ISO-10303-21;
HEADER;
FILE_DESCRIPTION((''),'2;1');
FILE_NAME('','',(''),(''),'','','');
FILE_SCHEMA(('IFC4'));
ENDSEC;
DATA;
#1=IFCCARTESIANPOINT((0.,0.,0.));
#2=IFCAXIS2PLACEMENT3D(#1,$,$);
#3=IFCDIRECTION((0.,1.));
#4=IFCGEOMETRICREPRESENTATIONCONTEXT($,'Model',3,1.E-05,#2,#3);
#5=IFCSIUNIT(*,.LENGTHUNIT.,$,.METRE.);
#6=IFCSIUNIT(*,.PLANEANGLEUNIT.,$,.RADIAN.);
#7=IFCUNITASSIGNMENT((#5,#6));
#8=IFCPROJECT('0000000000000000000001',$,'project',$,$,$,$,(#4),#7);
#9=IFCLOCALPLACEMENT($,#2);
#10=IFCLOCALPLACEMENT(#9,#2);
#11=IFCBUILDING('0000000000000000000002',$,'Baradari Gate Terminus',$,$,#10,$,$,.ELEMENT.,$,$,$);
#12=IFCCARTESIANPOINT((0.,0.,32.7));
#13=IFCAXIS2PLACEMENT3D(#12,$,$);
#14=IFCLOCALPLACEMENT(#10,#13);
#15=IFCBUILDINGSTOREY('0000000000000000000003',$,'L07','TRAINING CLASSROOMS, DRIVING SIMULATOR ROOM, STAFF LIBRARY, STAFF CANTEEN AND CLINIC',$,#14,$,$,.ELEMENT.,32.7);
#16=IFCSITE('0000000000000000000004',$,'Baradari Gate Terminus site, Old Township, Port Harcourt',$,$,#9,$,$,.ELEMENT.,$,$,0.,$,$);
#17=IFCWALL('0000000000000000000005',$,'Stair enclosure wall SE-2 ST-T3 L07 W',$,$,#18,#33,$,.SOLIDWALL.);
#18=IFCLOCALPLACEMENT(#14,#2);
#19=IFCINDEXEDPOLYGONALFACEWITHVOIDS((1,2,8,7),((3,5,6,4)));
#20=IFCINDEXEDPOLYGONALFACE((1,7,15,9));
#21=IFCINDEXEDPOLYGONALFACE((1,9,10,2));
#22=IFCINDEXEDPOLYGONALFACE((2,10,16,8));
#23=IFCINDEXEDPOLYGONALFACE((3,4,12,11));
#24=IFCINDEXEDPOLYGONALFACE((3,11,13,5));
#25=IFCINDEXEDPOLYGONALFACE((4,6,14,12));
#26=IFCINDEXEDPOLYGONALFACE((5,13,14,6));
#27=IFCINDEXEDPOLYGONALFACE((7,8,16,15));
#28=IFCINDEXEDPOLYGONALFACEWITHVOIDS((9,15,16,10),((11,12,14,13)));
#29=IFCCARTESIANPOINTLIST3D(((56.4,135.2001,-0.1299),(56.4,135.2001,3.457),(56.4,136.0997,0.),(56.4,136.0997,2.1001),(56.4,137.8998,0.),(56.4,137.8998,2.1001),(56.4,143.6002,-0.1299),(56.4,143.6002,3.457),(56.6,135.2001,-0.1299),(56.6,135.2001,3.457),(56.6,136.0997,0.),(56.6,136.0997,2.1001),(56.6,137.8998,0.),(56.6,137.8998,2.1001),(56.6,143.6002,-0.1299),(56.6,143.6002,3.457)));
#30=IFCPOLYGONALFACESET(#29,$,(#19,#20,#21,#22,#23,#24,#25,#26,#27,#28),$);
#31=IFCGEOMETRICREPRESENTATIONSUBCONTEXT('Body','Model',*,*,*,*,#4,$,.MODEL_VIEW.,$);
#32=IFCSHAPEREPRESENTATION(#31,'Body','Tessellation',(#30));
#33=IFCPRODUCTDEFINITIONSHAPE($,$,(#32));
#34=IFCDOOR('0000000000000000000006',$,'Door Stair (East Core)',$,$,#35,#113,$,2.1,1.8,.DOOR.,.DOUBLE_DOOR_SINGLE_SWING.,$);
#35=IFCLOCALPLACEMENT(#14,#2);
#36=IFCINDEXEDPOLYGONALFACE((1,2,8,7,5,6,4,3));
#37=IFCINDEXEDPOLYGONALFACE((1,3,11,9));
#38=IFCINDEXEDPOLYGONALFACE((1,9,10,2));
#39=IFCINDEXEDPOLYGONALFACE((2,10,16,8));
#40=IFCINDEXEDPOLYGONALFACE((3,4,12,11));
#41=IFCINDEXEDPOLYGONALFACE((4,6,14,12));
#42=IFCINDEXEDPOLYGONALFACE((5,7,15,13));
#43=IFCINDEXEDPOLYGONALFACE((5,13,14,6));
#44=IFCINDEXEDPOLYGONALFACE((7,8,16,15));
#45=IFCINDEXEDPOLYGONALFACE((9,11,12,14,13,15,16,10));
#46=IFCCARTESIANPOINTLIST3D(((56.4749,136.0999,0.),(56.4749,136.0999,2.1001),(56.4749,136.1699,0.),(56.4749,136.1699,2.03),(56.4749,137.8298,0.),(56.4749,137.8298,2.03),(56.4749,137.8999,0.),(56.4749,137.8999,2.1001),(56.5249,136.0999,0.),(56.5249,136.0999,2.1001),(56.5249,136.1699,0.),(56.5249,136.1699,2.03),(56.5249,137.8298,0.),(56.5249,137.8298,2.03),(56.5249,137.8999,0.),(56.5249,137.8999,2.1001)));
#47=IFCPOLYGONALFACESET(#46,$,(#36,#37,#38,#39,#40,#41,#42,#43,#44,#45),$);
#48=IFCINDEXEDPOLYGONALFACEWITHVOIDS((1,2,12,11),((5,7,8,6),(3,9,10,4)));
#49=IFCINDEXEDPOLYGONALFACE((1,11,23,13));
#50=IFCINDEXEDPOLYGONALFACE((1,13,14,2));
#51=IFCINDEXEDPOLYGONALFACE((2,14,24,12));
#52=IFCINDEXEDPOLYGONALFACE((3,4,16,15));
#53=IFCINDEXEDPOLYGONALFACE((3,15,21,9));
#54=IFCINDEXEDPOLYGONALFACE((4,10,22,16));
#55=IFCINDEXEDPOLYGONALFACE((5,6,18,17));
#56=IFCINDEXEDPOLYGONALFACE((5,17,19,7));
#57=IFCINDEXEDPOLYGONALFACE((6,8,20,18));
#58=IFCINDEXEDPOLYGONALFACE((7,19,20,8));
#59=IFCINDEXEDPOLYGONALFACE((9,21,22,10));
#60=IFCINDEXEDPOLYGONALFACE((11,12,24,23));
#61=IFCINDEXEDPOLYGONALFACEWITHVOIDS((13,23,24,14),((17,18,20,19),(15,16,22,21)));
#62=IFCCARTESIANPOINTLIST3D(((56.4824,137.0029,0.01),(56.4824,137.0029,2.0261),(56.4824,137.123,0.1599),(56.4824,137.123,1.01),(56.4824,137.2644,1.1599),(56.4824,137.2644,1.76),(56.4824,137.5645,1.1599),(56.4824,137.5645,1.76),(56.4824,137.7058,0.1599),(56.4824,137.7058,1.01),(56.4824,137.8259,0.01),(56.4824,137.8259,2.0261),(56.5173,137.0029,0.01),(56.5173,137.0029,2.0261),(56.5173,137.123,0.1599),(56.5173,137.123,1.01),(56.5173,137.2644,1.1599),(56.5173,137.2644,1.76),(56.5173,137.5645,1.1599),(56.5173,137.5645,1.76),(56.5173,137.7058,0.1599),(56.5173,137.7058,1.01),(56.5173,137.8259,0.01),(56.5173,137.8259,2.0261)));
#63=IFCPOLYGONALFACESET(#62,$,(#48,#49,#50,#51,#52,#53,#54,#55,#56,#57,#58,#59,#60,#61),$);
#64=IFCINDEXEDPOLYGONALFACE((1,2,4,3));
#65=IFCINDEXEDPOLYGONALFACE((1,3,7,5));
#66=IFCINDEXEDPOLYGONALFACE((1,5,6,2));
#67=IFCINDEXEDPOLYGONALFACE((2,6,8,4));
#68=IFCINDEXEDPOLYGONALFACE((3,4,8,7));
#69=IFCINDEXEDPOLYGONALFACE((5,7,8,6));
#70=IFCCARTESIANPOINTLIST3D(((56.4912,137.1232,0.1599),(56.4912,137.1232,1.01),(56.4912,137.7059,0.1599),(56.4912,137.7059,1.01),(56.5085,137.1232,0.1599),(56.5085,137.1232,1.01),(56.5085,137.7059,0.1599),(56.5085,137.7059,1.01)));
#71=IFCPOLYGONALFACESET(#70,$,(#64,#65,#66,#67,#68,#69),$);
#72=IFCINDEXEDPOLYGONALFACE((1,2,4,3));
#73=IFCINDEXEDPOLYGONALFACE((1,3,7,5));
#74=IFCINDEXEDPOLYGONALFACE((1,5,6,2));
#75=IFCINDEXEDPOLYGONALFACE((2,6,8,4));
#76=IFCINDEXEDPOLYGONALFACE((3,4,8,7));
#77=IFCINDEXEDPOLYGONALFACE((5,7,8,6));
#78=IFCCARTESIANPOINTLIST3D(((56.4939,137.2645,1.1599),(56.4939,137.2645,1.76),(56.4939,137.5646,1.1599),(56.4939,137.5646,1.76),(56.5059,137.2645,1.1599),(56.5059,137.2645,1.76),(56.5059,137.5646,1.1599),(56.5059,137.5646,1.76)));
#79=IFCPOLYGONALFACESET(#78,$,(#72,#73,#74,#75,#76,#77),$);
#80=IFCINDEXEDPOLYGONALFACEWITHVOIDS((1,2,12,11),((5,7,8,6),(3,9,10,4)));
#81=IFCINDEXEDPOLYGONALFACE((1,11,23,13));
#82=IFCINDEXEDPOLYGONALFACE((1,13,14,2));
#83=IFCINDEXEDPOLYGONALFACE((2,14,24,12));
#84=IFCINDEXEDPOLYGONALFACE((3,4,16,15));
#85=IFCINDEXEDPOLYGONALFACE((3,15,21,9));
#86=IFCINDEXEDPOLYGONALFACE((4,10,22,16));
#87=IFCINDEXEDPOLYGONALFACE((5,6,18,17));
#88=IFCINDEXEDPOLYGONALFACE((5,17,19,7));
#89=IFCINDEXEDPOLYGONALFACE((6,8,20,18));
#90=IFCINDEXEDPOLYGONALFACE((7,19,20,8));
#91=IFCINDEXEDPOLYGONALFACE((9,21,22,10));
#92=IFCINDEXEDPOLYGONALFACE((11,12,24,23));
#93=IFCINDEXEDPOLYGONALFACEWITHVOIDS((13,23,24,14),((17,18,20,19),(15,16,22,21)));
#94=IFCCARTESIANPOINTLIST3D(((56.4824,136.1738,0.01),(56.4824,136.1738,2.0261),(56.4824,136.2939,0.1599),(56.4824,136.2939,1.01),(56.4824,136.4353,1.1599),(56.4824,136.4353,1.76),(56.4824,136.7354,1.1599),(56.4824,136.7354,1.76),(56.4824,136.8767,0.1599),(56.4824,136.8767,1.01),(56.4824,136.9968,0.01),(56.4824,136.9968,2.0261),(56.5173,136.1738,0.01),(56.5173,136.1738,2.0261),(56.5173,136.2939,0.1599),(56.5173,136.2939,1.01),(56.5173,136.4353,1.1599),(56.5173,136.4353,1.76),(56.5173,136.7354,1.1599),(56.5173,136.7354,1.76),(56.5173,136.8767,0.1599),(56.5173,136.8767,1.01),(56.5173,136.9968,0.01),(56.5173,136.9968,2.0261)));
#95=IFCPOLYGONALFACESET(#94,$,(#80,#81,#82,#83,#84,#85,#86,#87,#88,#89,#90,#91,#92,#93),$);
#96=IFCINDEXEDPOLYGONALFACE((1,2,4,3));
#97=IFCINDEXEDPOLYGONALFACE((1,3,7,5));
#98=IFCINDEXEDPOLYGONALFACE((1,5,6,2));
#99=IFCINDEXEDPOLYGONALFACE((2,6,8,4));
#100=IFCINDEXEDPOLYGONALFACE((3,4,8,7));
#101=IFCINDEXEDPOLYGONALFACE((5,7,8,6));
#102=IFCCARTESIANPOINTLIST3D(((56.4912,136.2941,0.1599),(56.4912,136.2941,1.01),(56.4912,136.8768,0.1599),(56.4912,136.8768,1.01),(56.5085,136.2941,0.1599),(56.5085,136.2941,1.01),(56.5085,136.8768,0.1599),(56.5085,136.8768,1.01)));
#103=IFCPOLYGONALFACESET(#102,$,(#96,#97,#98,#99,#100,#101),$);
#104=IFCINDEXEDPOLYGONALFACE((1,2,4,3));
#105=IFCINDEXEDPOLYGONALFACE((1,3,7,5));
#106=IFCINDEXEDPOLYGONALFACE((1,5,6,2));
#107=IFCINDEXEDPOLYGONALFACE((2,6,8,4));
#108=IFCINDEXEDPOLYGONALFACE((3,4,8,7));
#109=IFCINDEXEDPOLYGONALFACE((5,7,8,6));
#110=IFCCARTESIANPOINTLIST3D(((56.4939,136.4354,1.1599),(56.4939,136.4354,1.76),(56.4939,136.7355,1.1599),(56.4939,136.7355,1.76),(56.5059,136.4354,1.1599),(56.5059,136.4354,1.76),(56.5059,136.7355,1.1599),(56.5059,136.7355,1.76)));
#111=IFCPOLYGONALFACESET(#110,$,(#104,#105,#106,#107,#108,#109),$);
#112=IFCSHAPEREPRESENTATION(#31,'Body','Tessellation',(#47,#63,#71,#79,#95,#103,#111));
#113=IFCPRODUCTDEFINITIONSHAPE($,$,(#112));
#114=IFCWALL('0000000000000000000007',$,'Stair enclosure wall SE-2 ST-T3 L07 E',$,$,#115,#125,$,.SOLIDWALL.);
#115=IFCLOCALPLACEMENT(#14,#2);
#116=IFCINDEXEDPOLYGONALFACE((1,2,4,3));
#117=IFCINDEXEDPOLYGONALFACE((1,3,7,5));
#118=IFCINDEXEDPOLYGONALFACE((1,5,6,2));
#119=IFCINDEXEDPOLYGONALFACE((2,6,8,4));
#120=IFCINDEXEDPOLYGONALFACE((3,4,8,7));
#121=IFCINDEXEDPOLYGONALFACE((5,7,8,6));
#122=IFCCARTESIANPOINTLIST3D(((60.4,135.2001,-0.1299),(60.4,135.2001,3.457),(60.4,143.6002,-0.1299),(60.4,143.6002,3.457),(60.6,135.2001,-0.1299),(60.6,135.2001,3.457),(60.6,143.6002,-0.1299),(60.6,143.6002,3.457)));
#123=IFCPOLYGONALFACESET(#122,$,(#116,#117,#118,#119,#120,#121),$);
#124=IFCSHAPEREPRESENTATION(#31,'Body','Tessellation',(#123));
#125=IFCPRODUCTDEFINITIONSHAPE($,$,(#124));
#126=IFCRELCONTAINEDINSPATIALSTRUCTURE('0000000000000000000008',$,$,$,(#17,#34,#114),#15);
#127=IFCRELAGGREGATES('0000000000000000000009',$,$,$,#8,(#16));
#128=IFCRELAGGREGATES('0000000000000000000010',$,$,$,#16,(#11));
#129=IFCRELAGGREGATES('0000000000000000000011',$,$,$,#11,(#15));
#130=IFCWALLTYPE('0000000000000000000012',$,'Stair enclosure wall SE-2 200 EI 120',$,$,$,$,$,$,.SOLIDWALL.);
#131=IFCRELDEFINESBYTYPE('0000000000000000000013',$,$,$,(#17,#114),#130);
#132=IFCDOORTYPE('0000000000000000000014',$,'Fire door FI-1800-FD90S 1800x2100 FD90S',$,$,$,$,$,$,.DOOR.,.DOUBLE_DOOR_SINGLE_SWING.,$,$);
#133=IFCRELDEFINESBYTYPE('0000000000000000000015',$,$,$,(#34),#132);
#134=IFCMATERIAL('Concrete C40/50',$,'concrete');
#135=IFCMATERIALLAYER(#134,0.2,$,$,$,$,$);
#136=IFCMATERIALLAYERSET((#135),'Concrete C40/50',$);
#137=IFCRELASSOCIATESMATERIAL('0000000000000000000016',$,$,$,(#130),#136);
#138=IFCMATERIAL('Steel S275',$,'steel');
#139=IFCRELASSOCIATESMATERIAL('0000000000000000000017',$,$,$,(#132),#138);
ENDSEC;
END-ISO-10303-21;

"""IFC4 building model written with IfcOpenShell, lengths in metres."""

from ifc_helpers import new_model, si_unit, direction, frame, frame_2d, origin, place, context, subcontext, project, spatial, polyline, rectangle, outline, extrude, material, layer, layer_set, type_object, element, fill, save


model = new_model("IFC4")

# Units and contexts
model_context = context("Model", 3, precision=1e-05, world=origin(), true_north=direction((0.0, 1.0)))
body_context = subcontext(model_context, "Body", "Model", "MODEL_VIEW")
ifc_project = project(units=[si_unit("LENGTHUNIT", "METRE"), si_unit("PLANEANGLEUNIT", "RADIAN")], contexts=[model_context])

# Site, building, storey
site_placement = place(None, origin())
site = spatial("IfcSite", under=ifc_project, at=site_placement, Name="Baradari Gate Terminus site, Old Township, Port Harcourt", CompositionType="ELEMENT", RefElevation=0.0)
building_placement = place(site_placement, origin())
building = spatial("IfcBuilding", under=site, at=building_placement, Name="Baradari Gate Terminus", CompositionType="ELEMENT")
storey_placement = place(building_placement, frame((0.0, 0.0, 32.7)))
storey = spatial("IfcBuildingStorey", under=building, at=storey_placement, Name="L07", Description="TRAINING CLASSROOMS, DRIVING SIMULATOR ROOM, STAFF LIBRARY, STAFF CANTEEN AND CLINIC", CompositionType="ELEMENT", Elevation=32.7)

# Wall, opening, door
ifc_material_1 = material(Name="Concrete C40/50", Category="concrete")
ifc_layer_1 = layer(ifc_material_1, 0.2)
ifc_layer_set_1 = layer_set([ifc_layer_1], Name="Concrete C40/50")
wall_type_1 = type_object("IfcWallType", Name="Stair enclosure wall SE-2 200 EI 120", PredefinedType="SOLIDWALL", material=ifc_layer_set_1)
ifc_material_2 = material(Name="Steel S275", Category="steel")
door_type_1 = type_object("IfcDoorType", Name="Fire door FI-1800-FD90S 1800x2100 FD90S", OperationType="DOUBLE_DOOR_SINGLE_SWING", PredefinedType="DOOR", material=ifc_material_2)
wall_1_placement = place(storey_placement, frame((56.5, 135.2, -0.1299), z_axis=(0.0, 0.0, 1.0), x_axis=(0.0, 1.0, 0.0)))
wall_1 = element("IfcWall", 1, at=wall_1_placement, inside=storey, type_object=wall_type_1, Name="Stair enclosure wall SE-2 ST-T3 L07 W", PredefinedType="SOLIDWALL", context=body_context, shape_type="SweptSolid", body=[
    extrude(rectangle(XDim=8.4001, YDim=0.2, at=frame_2d((4.2002, 0.0))), origin(), (0.0, 0.0, 1.0), 3.5869),
])
opening_1_placement = place(wall_1_placement, frame((0.8999, 0.0, 0.1299)))
opening_1 = element("IfcOpeningElement", 2, at=opening_1_placement, cuts=wall_1, PredefinedType="OPENING", context=body_context, shape_type="SweptSolid", body=[
    extrude(rectangle(XDim=1.8, YDim=2.1001, at=frame_2d((0.8999, 1.05))), frame((0.0, 0.1099, 0.0), z_axis=(0.0, -1.0, 0.0), x_axis=(1.0, 0.0, 0.0)), (0.0, 0.0, 1.0), 0.22),
])
door_1_placement = place(opening_1_placement, frame((1.8, 0.0, 0.0), z_axis=(0.0, 0.0, 1.0), x_axis=(-1.0, 0.0, 0.0)))
door_1 = element("IfcDoor", 3, at=door_1_placement, inside=storey, type_object=door_type_1, Name="Door Stair (East Core)", OperationType="DOUBLE_DOOR_SINGLE_SWING", OverallHeight=2.1, OverallWidth=1.8, PredefinedType="DOOR", context=body_context, shape_type="SweptSolid", body=[
    extrude(outline(polyline([(0.0, 0.0), (0.0701, 0.0), (0.0701, 2.03), (1.73, 2.03), (1.73, 0.0), (1.8, 0.0), (1.8, 2.1001), (0.0, 2.1001), (0.0, 0.0)])), frame((0.0, 0.0249, 0.0), z_axis=(0.0, -1.0, 0.0), x_axis=(1.0, 0.0, 0.0)), (0.0, 0.0, 1.0), 0.05),
    extrude(outline(polyline([(0.074, 0.01), (0.897, 0.01), (0.897, 2.0261), (0.074, 2.0261), (0.074, 0.01)]), holes=[polyline([(0.1941, 0.1599), (0.7769, 0.1599), (0.7769, 1.01), (0.1941, 1.01), (0.1941, 0.1599)]), polyline([(0.3354, 1.1599), (0.6355, 1.1599), (0.6355, 1.76), (0.3354, 1.76), (0.3354, 1.1599)])]), frame((0.0, 0.0173, 0.0), z_axis=(0.0, -1.0, 0.0), x_axis=(1.0, 0.0, 0.0)), (0.0, 0.0, 1.0), 0.0349),
    extrude(rectangle(XDim=0.5828, YDim=0.8501, at=frame_2d((0.4854, 0.585))), frame((0.0, 0.0085, 0.0), z_axis=(0.0, -1.0, 0.0), x_axis=(1.0, 0.0, 0.0)), (0.0, 0.0, 1.0), 0.0173),
    extrude(rectangle(XDim=0.3, YDim=0.6001, at=frame_2d((0.4854, 1.46))), frame((0.0, 0.0059, 0.0), z_axis=(0.0, -1.0, 0.0), x_axis=(1.0, 0.0, 0.0)), (0.0, 0.0, 1.0), 0.012),
    extrude(outline(polyline([(0.9031, 0.01), (1.7261, 0.01), (1.7261, 2.0261), (0.9031, 2.0261), (0.9031, 0.01)]), holes=[polyline([(1.0232, 0.1599), (1.606, 0.1599), (1.606, 1.01), (1.0232, 1.01), (1.0232, 0.1599)]), polyline([(1.1646, 1.1599), (1.4646, 1.1599), (1.4646, 1.76), (1.1646, 1.76), (1.1646, 1.1599)])]), frame((0.0, 0.0173, 0.0), z_axis=(0.0, -1.0, 0.0), x_axis=(1.0, 0.0, 0.0)), (0.0, 0.0, 1.0), 0.0349),
    extrude(rectangle(XDim=0.5828, YDim=0.8501, at=frame_2d((1.3145, 0.585))), frame((0.0, 0.0085, 0.0), z_axis=(0.0, -1.0, 0.0), x_axis=(1.0, 0.0, 0.0)), (0.0, 0.0, 1.0), 0.0173),
    extrude(rectangle(XDim=0.3, YDim=0.6001, at=frame_2d((1.3145, 1.46))), frame((0.0, 0.0059, 0.0), z_axis=(0.0, -1.0, 0.0), x_axis=(1.0, 0.0, 0.0)), (0.0, 0.0, 1.0), 0.012),
])
fill(opening_1, door_1)

# Wall
wall_2_placement = place(storey_placement, frame((60.5, 135.2, -0.1299), z_axis=(0.0, 0.0, 1.0), x_axis=(0.0, 1.0, 0.0)))
element("IfcWall", 4, at=wall_2_placement, inside=storey, type_object=wall_type_1, Name="Stair enclosure wall SE-2 ST-T3 L07 E", PredefinedType="SOLIDWALL", context=body_context, shape_type="SweptSolid", body=[
    extrude(rectangle(XDim=8.4001, YDim=0.2, at=frame_2d((4.2002, 0.0))), origin(), (0.0, 0.0, 1.0), 3.5869),
])

save(model, "model.ifc")
